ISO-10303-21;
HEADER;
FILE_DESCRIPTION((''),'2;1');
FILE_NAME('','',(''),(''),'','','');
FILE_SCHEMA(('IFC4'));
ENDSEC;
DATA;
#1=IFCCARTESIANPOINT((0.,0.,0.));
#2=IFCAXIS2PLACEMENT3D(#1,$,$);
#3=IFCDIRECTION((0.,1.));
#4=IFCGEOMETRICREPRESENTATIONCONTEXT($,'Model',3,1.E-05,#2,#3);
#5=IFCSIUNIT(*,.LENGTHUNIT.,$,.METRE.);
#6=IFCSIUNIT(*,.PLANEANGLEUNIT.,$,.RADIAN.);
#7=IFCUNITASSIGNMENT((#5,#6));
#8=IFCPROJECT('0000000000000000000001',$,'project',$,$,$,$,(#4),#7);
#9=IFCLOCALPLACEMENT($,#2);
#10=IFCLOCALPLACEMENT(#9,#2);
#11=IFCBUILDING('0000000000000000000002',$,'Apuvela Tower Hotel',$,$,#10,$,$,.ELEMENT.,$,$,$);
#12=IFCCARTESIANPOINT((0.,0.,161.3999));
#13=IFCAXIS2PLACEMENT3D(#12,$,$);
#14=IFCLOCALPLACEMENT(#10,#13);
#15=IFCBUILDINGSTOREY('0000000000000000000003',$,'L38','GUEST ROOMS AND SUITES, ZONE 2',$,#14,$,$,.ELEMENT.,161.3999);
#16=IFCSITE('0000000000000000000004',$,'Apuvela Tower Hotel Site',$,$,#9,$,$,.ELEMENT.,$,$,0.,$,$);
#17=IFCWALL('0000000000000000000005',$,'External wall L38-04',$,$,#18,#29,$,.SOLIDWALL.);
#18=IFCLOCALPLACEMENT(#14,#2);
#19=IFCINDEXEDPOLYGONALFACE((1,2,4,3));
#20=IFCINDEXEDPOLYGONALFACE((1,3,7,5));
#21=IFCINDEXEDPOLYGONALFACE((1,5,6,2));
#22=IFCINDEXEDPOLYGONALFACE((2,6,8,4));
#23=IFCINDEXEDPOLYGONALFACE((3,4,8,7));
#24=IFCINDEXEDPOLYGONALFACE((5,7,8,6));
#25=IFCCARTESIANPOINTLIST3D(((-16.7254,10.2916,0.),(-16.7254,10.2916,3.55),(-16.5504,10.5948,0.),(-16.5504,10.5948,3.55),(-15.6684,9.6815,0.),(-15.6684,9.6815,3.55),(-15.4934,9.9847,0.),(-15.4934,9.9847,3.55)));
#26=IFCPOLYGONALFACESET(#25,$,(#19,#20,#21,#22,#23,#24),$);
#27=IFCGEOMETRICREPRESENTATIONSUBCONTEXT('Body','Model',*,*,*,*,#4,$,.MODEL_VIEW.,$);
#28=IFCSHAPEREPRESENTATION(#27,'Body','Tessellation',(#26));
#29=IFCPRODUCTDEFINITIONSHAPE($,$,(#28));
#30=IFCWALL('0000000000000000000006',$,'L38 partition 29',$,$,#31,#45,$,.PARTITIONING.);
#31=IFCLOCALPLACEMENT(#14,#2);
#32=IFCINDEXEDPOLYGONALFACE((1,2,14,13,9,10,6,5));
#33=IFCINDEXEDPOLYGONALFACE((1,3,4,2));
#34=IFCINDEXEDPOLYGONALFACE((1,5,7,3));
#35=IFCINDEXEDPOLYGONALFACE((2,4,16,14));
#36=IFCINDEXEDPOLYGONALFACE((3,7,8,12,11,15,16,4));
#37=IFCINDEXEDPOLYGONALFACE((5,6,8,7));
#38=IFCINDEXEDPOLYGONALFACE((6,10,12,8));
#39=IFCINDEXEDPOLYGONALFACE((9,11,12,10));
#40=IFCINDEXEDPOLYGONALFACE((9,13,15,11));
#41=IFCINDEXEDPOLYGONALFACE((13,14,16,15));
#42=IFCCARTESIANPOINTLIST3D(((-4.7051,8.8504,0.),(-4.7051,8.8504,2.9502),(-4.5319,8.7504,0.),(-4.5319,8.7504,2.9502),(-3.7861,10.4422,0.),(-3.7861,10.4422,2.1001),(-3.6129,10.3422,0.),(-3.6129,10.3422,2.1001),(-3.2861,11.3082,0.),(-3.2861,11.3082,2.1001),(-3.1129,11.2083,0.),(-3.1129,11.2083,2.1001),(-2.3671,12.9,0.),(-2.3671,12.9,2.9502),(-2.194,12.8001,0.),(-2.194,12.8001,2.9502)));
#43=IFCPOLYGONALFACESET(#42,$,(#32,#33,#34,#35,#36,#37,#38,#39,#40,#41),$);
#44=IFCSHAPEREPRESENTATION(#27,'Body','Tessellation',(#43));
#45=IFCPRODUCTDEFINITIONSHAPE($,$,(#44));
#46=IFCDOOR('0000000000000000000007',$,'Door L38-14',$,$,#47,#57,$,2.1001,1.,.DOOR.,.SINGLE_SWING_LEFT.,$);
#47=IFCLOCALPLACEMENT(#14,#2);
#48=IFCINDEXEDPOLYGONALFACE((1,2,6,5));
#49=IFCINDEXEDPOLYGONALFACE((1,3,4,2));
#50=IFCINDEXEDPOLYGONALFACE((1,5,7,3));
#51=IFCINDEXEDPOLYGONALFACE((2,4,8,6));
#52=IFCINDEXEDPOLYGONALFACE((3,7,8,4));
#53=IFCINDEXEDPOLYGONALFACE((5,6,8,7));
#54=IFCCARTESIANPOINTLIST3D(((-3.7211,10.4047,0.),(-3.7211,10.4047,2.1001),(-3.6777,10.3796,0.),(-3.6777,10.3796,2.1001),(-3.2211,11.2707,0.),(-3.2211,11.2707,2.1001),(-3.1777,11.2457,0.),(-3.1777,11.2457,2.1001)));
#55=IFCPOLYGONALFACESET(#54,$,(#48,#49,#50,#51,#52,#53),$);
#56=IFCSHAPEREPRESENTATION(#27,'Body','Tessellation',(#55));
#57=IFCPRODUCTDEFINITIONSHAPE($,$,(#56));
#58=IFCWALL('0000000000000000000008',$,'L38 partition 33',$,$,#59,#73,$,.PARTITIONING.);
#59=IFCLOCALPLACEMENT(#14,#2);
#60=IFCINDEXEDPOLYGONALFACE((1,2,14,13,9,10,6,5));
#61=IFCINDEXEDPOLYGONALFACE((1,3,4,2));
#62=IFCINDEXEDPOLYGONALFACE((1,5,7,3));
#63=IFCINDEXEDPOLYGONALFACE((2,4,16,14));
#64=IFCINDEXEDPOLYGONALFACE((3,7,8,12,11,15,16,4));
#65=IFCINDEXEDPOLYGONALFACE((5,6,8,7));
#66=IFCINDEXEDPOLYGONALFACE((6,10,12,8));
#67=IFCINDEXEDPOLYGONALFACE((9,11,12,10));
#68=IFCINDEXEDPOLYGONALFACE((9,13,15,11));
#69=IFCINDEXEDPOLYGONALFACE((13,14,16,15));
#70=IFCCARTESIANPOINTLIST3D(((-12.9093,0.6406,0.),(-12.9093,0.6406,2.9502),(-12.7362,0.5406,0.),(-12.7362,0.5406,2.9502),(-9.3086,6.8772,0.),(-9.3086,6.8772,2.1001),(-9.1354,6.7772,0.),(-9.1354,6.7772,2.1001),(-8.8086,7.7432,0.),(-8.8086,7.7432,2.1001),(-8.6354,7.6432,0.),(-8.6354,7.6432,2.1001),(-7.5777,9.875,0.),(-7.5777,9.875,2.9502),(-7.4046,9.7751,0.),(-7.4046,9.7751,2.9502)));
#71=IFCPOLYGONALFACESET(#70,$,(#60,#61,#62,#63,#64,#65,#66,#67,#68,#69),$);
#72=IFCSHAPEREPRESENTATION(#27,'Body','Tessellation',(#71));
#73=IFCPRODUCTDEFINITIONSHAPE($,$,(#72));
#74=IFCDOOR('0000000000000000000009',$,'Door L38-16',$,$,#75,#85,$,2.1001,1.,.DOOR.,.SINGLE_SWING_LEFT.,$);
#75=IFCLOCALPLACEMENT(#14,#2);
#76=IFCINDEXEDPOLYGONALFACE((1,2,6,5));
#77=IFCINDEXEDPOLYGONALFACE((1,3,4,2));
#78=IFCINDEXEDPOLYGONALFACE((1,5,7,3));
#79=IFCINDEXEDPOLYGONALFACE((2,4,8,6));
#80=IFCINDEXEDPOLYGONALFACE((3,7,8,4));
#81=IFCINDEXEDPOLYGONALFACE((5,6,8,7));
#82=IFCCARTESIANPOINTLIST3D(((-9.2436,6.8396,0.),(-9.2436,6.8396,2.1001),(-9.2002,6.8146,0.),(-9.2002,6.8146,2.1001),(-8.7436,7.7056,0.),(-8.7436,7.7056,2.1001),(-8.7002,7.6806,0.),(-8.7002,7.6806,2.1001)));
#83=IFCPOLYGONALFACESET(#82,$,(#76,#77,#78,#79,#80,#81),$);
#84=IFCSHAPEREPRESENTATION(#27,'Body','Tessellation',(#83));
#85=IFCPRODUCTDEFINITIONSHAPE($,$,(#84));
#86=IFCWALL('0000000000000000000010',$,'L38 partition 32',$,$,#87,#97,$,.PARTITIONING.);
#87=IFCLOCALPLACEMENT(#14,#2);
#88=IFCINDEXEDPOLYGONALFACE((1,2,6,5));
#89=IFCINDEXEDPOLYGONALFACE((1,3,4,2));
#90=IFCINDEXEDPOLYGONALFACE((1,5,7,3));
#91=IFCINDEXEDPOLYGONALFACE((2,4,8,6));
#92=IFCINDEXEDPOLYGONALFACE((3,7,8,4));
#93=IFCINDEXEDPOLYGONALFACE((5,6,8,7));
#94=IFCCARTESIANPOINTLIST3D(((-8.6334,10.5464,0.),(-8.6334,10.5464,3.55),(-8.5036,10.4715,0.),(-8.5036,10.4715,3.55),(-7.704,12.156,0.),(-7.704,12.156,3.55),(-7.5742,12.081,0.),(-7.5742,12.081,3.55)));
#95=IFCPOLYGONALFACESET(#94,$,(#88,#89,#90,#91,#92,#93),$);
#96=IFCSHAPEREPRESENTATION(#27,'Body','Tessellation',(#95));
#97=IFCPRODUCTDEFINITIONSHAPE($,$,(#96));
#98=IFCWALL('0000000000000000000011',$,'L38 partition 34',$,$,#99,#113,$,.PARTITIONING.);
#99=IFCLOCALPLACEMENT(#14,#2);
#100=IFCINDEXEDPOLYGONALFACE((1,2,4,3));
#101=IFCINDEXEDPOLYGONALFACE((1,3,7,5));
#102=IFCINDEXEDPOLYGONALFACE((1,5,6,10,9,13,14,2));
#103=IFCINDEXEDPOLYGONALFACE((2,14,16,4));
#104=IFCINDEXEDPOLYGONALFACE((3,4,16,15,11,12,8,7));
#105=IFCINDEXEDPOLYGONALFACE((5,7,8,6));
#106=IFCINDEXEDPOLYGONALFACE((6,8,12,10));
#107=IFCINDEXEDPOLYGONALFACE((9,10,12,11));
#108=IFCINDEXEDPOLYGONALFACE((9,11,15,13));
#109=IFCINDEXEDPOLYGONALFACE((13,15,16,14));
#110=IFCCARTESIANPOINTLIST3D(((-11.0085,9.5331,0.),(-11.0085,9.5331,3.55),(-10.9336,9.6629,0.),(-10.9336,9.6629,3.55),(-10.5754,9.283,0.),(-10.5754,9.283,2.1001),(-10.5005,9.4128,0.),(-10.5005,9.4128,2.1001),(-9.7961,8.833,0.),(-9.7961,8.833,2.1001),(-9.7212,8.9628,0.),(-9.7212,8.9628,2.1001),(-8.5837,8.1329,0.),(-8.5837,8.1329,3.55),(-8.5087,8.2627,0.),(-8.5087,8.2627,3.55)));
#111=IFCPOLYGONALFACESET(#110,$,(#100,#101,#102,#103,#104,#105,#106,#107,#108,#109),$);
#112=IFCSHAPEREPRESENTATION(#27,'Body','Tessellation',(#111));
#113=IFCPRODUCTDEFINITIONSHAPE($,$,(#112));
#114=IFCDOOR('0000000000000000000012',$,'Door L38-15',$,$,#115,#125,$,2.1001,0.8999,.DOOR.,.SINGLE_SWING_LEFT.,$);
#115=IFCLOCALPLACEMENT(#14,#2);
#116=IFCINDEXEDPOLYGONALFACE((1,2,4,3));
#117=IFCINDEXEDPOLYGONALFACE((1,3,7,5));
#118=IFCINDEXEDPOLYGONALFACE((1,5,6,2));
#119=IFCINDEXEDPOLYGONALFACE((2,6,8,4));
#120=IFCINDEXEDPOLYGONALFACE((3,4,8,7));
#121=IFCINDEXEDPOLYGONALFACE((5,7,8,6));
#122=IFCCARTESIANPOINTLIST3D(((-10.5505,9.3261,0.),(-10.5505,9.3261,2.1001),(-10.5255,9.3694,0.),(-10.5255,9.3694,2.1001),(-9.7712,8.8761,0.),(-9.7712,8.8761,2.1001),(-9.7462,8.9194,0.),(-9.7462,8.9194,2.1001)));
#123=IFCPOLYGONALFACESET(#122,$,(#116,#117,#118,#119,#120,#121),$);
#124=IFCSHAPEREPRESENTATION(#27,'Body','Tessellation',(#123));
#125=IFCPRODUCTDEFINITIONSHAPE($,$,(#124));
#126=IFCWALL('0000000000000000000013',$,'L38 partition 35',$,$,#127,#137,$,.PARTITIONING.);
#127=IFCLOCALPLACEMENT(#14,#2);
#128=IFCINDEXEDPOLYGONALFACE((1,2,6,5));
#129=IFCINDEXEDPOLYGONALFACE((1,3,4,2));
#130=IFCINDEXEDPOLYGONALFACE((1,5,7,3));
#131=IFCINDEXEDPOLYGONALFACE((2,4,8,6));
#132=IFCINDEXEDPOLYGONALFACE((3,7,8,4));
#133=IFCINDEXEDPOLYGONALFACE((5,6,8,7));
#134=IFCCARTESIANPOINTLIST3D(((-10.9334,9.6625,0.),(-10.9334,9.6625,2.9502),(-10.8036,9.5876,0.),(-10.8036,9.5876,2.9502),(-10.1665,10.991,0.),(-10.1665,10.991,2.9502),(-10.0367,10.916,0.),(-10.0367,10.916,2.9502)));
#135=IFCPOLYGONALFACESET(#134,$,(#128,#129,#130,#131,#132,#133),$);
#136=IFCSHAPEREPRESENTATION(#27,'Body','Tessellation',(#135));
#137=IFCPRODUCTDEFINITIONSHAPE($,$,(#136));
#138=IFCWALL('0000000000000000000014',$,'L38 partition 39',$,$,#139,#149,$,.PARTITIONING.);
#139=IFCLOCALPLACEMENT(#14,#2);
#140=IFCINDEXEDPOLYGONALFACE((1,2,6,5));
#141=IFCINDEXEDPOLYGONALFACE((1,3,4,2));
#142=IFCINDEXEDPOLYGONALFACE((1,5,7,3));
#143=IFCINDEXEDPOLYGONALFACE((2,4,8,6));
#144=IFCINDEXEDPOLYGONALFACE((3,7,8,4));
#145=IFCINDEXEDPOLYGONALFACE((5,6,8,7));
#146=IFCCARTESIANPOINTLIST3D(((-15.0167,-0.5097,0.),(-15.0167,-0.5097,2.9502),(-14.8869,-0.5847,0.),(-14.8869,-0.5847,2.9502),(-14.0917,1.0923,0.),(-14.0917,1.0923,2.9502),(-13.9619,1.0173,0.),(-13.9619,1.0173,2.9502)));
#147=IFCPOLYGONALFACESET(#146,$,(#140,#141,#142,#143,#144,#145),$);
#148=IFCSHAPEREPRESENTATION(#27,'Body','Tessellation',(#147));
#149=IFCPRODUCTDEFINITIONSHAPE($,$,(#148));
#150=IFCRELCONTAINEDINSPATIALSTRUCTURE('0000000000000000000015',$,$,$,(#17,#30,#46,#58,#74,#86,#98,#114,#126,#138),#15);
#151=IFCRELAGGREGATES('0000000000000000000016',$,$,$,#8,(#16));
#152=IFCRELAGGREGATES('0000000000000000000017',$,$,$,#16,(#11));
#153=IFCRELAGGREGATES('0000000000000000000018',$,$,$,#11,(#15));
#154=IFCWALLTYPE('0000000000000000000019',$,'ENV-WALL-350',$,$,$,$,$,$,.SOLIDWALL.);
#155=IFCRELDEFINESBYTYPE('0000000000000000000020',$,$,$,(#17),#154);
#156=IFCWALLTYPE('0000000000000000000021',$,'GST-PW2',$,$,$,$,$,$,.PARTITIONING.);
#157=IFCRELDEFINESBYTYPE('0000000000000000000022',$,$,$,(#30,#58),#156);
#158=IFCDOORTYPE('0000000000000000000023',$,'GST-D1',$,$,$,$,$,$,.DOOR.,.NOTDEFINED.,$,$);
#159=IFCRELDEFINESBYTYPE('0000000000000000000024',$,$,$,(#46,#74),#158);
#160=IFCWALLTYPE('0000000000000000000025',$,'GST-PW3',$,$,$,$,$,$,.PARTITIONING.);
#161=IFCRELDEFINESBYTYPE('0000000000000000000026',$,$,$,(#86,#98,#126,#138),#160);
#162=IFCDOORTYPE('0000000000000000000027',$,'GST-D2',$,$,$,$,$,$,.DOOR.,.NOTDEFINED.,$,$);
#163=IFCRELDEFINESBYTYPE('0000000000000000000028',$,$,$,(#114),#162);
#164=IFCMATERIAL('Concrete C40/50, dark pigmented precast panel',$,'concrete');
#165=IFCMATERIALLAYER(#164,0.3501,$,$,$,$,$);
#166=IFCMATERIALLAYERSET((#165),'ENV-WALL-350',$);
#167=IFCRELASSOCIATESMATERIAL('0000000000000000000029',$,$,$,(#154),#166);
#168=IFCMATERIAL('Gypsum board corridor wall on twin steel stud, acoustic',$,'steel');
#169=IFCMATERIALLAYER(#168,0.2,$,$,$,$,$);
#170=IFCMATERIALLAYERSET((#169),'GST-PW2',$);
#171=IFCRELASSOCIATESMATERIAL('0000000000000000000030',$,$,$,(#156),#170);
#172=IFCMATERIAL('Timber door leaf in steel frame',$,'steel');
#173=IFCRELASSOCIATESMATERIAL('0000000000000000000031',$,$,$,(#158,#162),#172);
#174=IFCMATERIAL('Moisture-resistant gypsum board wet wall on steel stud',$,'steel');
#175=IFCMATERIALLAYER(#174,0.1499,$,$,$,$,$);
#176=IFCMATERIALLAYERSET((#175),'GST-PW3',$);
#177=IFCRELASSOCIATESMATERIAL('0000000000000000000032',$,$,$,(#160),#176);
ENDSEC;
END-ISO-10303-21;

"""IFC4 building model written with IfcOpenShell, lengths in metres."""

from ifc_helpers import new_model, si_unit, direction, frame, frame_2d, origin, place, context, subcontext, project, spatial, rectangle, extrude, material, layer, layer_set, type_object, element, fill, save


model = new_model("IFC4")

# Units and contexts
model_context = context("Model", 3, precision=1e-05, world=origin(), true_north=direction((0.0, 1.0)))
body_context = subcontext(model_context, "Body", "Model", "MODEL_VIEW")
ifc_project = project(units=[si_unit("LENGTHUNIT", "METRE"), si_unit("PLANEANGLEUNIT", "RADIAN")], contexts=[model_context])

# Site, building, storey
site_placement = place(None, origin())
site = spatial("IfcSite", under=ifc_project, at=site_placement, Name="Apuvela Tower Hotel Site", CompositionType="ELEMENT", RefElevation=0.0)
building_placement = place(site_placement, origin())
building = spatial("IfcBuilding", under=site, at=building_placement, Name="Apuvela Tower Hotel", CompositionType="ELEMENT")
storey_placement = place(building_placement, frame((0.0, 0.0, 161.3999)))
storey = spatial("IfcBuildingStorey", under=building, at=storey_placement, Name="L38", Description="GUEST ROOMS AND SUITES, ZONE 2", CompositionType="ELEMENT", Elevation=161.3999)

# Wall
ifc_material_1 = material(Name="Concrete C40/50, dark pigmented precast panel", Category="concrete")
ifc_layer_1 = layer(ifc_material_1, 0.3501)
ifc_layer_set_1 = layer_set([ifc_layer_1], Name="ENV-WALL-350")
wall_type_1 = type_object("IfcWallType", Name="ENV-WALL-350", PredefinedType="SOLIDWALL", material=ifc_layer_set_1)
wall_1_placement = place(storey_placement, frame((-15.5808, 9.833, 0.0), z_axis=(0.0, 0.0, 1.0), x_axis=(-0.866056, 0.499948, 0.0)))
element("IfcWall", 1, at=wall_1_placement, inside=storey, type_object=wall_type_1, Name="External wall L38-04", PredefinedType="SOLIDWALL", context=body_context, shape_type="SweptSolid", body=[
    extrude(rectangle(XDim=1.2205, YDim=0.3501, at=frame_2d((0.6104, 0.0))), origin(), (0.0, 0.0, 1.0), 3.55),
])

# Walls, openings, doors
ifc_material_2 = material(Name="Gypsum board corridor wall on twin steel stud, acoustic", Category="steel")
ifc_layer_2 = layer(ifc_material_2, 0.2)
ifc_layer_set_2 = layer_set([ifc_layer_2], Name="GST-PW2")
wall_type_2 = type_object("IfcWallType", Name="GST-PW2", PredefinedType="PARTITIONING", material=ifc_layer_set_2)
wall_2_placement = place(storey_placement, frame((-4.6184, 8.8005, 0.0), z_axis=(0.0, 0.0, 1.0), x_axis=(0.49998, 0.866037, 0.0)))
wall_2 = element("IfcWall", 2, at=wall_2_placement, inside=storey, type_object=wall_type_2, Name="L38 partition 29", PredefinedType="PARTITIONING", context=body_context, shape_type="SweptSolid", body=[
    extrude(rectangle(XDim=4.676, YDim=0.2, at=frame_2d((2.3379, 0.0))), origin(), (0.0, 0.0, 1.0), 2.9502),
])
opening_1_placement = place(wall_2_placement, frame((1.8379, 0.0, 0.0)))
opening_1 = element("IfcOpeningElement", 3, at=opening_1_placement, cuts=wall_2, PredefinedType="OPENING", context=body_context, shape_type="SweptSolid", body=[
    extrude(rectangle(XDim=1.0, YDim=2.1001, at=frame_2d((0.5, 1.05))), frame((0.0, 0.1099, 0.0), z_axis=(0.0, -1.0, 0.0), x_axis=(1.0, 0.0, 0.0)), (0.0, 0.0, 1.0), 0.22),
])
ifc_material_3 = material(Name="Timber door leaf in steel frame", Category="steel")
door_type_1 = type_object("IfcDoorType", Name="GST-D1", OperationType="NOTDEFINED", PredefinedType="DOOR", material=ifc_material_3)
door_1_placement = place(opening_1_placement, origin())
door_1 = element("IfcDoor", 4, at=door_1_placement, inside=storey, type_object=door_type_1, Name="Door L38-14", OperationType="SINGLE_SWING_LEFT", OverallHeight=2.1001, OverallWidth=1.0, PredefinedType="DOOR", context=body_context, shape_type="SweptSolid", body=[
    extrude(rectangle(XDim=1.0, YDim=2.1001, at=frame_2d((0.5, 1.05))), frame((0.0, 0.0249, 0.0), z_axis=(0.0, -1.0, 0.0), x_axis=(1.0, 0.0, 0.0)), (0.0, 0.0, 1.0), 0.05),
])
fill(opening_1, door_1)
wall_3_placement = place(storey_placement, frame((-12.8228, 0.5906, 0.0), z_axis=(0.0, 0.0, 1.0), x_axis=(0.500005, 0.866022, 0.0)))
wall_3 = element("IfcWall", 5, at=wall_3_placement, inside=storey, type_object=wall_type_2, Name="L38 partition 33", PredefinedType="PARTITIONING", context=body_context, shape_type="SweptSolid", body=[
    extrude(rectangle(XDim=10.6631, YDim=0.2, at=frame_2d((5.3315, 0.0))), origin(), (0.0, 0.0, 1.0), 2.9502),
])
opening_2_placement = place(wall_3_placement, frame((7.2014, 0.0, 0.0)))
opening_2 = element("IfcOpeningElement", 6, at=opening_2_placement, cuts=wall_3, PredefinedType="OPENING", context=body_context, shape_type="SweptSolid", body=[
    extrude(rectangle(XDim=1.0, YDim=2.1001, at=frame_2d((0.5, 1.05))), frame((0.0, 0.1099, 0.0), z_axis=(0.0, -1.0, 0.0), x_axis=(1.0, 0.0, 0.0)), (0.0, 0.0, 1.0), 0.22),
])
door_2_placement = place(opening_2_placement, origin())
door_2 = element("IfcDoor", 7, at=door_2_placement, inside=storey, type_object=door_type_1, Name="Door L38-16", OperationType="SINGLE_SWING_LEFT", OverallHeight=2.1001, OverallWidth=1.0, PredefinedType="DOOR", context=body_context, shape_type="SweptSolid", body=[
    extrude(rectangle(XDim=1.0, YDim=2.1001, at=frame_2d((0.5, 1.05))), frame((0.0, 0.0249, 0.0), z_axis=(0.0, -1.0, 0.0), x_axis=(1.0, 0.0, 0.0)), (0.0, 0.0, 1.0), 0.05),
])
fill(opening_2, door_2)

# Wall
ifc_material_4 = material(Name="Moisture-resistant gypsum board wet wall on steel stud", Category="steel")
ifc_layer_3 = layer(ifc_material_4, 0.1499)
ifc_layer_set_3 = layer_set([ifc_layer_3], Name="GST-PW3")
wall_type_3 = type_object("IfcWallType", Name="GST-PW3", PredefinedType="PARTITIONING", material=ifc_layer_set_3)
wall_4_placement = place(storey_placement, frame((-7.6392, 12.1184, 0.0), z_axis=(0.0, 0.0, 1.0), x_axis=(-0.500052, -0.865995, 0.0)))
element("IfcWall", 8, at=wall_4_placement, inside=storey, type_object=wall_type_3, Name="L38 partition 32", PredefinedType="PARTITIONING", context=body_context, shape_type="SweptSolid", body=[
    extrude(rectangle(XDim=1.8586, YDim=0.1499, at=frame_2d((0.9292, 0.0))), origin(), (0.0, 0.0, 1.0), 3.55),
])

# Wall, opening, door
wall_5_placement = place(storey_placement, frame((-10.9709, 9.5979, 0.0), z_axis=(0.0, 0.0, 1.0), x_axis=(0.865997, -0.50005, 0.0)))
wall_5 = element("IfcWall", 9, at=wall_5_placement, inside=storey, type_object=wall_type_3, Name="L38 partition 34", PredefinedType="PARTITIONING", context=body_context, shape_type="SweptSolid", body=[
    extrude(rectangle(XDim=2.8, YDim=0.1499, at=frame_2d((1.3999, 0.0))), origin(), (0.0, 0.0, 1.0), 3.55),
])
opening_3_placement = place(wall_5_placement, frame((0.5, 0.0, 0.0)))
opening_3 = element("IfcOpeningElement", 10, at=opening_3_placement, cuts=wall_5, PredefinedType="OPENING", context=body_context, shape_type="SweptSolid", body=[
    extrude(rectangle(XDim=0.8999, YDim=2.1001, at=frame_2d((0.45, 1.05))), frame((0.0, 0.085, 0.0), z_axis=(0.0, -1.0, 0.0), x_axis=(1.0, 0.0, 0.0)), (0.0, 0.0, 1.0), 0.1699),
])
door_type_2 = type_object("IfcDoorType", Name="GST-D2", OperationType="NOTDEFINED", PredefinedType="DOOR", material=ifc_material_3)
door_3_placement = place(opening_3_placement, origin())
door_3 = element("IfcDoor", 11, at=door_3_placement, inside=storey, type_object=door_type_2, Name="Door L38-15", OperationType="SINGLE_SWING_LEFT", OverallHeight=2.1001, OverallWidth=0.8999, PredefinedType="DOOR", context=body_context, shape_type="SweptSolid", body=[
    extrude(rectangle(XDim=0.8999, YDim=2.1001, at=frame_2d((0.45, 1.05))), frame((0.0, 0.0249, 0.0), z_axis=(0.0, -1.0, 0.0), x_axis=(1.0, 0.0, 0.0)), (0.0, 0.0, 1.0), 0.05),
])
fill(opening_3, door_3)

# Walls
wall_6_placement = place(storey_placement, frame((-10.1016, 10.9536, 0.0), z_axis=(0.0, 0.0, 1.0), x_axis=(-0.499957, -0.86605, 0.0)))
element("IfcWall", 12, at=wall_6_placement, inside=storey, type_object=wall_type_3, Name="L38 partition 35", PredefinedType="PARTITIONING", context=body_context, shape_type="SweptSolid", body=[
    extrude(rectangle(XDim=1.5339, YDim=0.1499, at=frame_2d((0.7671, 0.0))), origin(), (0.0, 0.0, 1.0), 2.9502),
])
wall_7_placement = place(storey_placement, frame((-14.0269, 1.0547, 0.0), z_axis=(0.0, 0.0, 1.0), x_axis=(-0.500042, -0.866001, 0.0)))
element("IfcWall", 13, at=wall_7_placement, inside=storey, type_object=wall_type_3, Name="L38 partition 39", PredefinedType="PARTITIONING", context=body_context, shape_type="SweptSolid", body=[
    extrude(rectangle(XDim=1.8499, YDim=0.1499, at=frame_2d((0.9248, 0.0))), origin(), (0.0, 0.0, 1.0), 2.9502),
])

save(model, "model.ifc")
